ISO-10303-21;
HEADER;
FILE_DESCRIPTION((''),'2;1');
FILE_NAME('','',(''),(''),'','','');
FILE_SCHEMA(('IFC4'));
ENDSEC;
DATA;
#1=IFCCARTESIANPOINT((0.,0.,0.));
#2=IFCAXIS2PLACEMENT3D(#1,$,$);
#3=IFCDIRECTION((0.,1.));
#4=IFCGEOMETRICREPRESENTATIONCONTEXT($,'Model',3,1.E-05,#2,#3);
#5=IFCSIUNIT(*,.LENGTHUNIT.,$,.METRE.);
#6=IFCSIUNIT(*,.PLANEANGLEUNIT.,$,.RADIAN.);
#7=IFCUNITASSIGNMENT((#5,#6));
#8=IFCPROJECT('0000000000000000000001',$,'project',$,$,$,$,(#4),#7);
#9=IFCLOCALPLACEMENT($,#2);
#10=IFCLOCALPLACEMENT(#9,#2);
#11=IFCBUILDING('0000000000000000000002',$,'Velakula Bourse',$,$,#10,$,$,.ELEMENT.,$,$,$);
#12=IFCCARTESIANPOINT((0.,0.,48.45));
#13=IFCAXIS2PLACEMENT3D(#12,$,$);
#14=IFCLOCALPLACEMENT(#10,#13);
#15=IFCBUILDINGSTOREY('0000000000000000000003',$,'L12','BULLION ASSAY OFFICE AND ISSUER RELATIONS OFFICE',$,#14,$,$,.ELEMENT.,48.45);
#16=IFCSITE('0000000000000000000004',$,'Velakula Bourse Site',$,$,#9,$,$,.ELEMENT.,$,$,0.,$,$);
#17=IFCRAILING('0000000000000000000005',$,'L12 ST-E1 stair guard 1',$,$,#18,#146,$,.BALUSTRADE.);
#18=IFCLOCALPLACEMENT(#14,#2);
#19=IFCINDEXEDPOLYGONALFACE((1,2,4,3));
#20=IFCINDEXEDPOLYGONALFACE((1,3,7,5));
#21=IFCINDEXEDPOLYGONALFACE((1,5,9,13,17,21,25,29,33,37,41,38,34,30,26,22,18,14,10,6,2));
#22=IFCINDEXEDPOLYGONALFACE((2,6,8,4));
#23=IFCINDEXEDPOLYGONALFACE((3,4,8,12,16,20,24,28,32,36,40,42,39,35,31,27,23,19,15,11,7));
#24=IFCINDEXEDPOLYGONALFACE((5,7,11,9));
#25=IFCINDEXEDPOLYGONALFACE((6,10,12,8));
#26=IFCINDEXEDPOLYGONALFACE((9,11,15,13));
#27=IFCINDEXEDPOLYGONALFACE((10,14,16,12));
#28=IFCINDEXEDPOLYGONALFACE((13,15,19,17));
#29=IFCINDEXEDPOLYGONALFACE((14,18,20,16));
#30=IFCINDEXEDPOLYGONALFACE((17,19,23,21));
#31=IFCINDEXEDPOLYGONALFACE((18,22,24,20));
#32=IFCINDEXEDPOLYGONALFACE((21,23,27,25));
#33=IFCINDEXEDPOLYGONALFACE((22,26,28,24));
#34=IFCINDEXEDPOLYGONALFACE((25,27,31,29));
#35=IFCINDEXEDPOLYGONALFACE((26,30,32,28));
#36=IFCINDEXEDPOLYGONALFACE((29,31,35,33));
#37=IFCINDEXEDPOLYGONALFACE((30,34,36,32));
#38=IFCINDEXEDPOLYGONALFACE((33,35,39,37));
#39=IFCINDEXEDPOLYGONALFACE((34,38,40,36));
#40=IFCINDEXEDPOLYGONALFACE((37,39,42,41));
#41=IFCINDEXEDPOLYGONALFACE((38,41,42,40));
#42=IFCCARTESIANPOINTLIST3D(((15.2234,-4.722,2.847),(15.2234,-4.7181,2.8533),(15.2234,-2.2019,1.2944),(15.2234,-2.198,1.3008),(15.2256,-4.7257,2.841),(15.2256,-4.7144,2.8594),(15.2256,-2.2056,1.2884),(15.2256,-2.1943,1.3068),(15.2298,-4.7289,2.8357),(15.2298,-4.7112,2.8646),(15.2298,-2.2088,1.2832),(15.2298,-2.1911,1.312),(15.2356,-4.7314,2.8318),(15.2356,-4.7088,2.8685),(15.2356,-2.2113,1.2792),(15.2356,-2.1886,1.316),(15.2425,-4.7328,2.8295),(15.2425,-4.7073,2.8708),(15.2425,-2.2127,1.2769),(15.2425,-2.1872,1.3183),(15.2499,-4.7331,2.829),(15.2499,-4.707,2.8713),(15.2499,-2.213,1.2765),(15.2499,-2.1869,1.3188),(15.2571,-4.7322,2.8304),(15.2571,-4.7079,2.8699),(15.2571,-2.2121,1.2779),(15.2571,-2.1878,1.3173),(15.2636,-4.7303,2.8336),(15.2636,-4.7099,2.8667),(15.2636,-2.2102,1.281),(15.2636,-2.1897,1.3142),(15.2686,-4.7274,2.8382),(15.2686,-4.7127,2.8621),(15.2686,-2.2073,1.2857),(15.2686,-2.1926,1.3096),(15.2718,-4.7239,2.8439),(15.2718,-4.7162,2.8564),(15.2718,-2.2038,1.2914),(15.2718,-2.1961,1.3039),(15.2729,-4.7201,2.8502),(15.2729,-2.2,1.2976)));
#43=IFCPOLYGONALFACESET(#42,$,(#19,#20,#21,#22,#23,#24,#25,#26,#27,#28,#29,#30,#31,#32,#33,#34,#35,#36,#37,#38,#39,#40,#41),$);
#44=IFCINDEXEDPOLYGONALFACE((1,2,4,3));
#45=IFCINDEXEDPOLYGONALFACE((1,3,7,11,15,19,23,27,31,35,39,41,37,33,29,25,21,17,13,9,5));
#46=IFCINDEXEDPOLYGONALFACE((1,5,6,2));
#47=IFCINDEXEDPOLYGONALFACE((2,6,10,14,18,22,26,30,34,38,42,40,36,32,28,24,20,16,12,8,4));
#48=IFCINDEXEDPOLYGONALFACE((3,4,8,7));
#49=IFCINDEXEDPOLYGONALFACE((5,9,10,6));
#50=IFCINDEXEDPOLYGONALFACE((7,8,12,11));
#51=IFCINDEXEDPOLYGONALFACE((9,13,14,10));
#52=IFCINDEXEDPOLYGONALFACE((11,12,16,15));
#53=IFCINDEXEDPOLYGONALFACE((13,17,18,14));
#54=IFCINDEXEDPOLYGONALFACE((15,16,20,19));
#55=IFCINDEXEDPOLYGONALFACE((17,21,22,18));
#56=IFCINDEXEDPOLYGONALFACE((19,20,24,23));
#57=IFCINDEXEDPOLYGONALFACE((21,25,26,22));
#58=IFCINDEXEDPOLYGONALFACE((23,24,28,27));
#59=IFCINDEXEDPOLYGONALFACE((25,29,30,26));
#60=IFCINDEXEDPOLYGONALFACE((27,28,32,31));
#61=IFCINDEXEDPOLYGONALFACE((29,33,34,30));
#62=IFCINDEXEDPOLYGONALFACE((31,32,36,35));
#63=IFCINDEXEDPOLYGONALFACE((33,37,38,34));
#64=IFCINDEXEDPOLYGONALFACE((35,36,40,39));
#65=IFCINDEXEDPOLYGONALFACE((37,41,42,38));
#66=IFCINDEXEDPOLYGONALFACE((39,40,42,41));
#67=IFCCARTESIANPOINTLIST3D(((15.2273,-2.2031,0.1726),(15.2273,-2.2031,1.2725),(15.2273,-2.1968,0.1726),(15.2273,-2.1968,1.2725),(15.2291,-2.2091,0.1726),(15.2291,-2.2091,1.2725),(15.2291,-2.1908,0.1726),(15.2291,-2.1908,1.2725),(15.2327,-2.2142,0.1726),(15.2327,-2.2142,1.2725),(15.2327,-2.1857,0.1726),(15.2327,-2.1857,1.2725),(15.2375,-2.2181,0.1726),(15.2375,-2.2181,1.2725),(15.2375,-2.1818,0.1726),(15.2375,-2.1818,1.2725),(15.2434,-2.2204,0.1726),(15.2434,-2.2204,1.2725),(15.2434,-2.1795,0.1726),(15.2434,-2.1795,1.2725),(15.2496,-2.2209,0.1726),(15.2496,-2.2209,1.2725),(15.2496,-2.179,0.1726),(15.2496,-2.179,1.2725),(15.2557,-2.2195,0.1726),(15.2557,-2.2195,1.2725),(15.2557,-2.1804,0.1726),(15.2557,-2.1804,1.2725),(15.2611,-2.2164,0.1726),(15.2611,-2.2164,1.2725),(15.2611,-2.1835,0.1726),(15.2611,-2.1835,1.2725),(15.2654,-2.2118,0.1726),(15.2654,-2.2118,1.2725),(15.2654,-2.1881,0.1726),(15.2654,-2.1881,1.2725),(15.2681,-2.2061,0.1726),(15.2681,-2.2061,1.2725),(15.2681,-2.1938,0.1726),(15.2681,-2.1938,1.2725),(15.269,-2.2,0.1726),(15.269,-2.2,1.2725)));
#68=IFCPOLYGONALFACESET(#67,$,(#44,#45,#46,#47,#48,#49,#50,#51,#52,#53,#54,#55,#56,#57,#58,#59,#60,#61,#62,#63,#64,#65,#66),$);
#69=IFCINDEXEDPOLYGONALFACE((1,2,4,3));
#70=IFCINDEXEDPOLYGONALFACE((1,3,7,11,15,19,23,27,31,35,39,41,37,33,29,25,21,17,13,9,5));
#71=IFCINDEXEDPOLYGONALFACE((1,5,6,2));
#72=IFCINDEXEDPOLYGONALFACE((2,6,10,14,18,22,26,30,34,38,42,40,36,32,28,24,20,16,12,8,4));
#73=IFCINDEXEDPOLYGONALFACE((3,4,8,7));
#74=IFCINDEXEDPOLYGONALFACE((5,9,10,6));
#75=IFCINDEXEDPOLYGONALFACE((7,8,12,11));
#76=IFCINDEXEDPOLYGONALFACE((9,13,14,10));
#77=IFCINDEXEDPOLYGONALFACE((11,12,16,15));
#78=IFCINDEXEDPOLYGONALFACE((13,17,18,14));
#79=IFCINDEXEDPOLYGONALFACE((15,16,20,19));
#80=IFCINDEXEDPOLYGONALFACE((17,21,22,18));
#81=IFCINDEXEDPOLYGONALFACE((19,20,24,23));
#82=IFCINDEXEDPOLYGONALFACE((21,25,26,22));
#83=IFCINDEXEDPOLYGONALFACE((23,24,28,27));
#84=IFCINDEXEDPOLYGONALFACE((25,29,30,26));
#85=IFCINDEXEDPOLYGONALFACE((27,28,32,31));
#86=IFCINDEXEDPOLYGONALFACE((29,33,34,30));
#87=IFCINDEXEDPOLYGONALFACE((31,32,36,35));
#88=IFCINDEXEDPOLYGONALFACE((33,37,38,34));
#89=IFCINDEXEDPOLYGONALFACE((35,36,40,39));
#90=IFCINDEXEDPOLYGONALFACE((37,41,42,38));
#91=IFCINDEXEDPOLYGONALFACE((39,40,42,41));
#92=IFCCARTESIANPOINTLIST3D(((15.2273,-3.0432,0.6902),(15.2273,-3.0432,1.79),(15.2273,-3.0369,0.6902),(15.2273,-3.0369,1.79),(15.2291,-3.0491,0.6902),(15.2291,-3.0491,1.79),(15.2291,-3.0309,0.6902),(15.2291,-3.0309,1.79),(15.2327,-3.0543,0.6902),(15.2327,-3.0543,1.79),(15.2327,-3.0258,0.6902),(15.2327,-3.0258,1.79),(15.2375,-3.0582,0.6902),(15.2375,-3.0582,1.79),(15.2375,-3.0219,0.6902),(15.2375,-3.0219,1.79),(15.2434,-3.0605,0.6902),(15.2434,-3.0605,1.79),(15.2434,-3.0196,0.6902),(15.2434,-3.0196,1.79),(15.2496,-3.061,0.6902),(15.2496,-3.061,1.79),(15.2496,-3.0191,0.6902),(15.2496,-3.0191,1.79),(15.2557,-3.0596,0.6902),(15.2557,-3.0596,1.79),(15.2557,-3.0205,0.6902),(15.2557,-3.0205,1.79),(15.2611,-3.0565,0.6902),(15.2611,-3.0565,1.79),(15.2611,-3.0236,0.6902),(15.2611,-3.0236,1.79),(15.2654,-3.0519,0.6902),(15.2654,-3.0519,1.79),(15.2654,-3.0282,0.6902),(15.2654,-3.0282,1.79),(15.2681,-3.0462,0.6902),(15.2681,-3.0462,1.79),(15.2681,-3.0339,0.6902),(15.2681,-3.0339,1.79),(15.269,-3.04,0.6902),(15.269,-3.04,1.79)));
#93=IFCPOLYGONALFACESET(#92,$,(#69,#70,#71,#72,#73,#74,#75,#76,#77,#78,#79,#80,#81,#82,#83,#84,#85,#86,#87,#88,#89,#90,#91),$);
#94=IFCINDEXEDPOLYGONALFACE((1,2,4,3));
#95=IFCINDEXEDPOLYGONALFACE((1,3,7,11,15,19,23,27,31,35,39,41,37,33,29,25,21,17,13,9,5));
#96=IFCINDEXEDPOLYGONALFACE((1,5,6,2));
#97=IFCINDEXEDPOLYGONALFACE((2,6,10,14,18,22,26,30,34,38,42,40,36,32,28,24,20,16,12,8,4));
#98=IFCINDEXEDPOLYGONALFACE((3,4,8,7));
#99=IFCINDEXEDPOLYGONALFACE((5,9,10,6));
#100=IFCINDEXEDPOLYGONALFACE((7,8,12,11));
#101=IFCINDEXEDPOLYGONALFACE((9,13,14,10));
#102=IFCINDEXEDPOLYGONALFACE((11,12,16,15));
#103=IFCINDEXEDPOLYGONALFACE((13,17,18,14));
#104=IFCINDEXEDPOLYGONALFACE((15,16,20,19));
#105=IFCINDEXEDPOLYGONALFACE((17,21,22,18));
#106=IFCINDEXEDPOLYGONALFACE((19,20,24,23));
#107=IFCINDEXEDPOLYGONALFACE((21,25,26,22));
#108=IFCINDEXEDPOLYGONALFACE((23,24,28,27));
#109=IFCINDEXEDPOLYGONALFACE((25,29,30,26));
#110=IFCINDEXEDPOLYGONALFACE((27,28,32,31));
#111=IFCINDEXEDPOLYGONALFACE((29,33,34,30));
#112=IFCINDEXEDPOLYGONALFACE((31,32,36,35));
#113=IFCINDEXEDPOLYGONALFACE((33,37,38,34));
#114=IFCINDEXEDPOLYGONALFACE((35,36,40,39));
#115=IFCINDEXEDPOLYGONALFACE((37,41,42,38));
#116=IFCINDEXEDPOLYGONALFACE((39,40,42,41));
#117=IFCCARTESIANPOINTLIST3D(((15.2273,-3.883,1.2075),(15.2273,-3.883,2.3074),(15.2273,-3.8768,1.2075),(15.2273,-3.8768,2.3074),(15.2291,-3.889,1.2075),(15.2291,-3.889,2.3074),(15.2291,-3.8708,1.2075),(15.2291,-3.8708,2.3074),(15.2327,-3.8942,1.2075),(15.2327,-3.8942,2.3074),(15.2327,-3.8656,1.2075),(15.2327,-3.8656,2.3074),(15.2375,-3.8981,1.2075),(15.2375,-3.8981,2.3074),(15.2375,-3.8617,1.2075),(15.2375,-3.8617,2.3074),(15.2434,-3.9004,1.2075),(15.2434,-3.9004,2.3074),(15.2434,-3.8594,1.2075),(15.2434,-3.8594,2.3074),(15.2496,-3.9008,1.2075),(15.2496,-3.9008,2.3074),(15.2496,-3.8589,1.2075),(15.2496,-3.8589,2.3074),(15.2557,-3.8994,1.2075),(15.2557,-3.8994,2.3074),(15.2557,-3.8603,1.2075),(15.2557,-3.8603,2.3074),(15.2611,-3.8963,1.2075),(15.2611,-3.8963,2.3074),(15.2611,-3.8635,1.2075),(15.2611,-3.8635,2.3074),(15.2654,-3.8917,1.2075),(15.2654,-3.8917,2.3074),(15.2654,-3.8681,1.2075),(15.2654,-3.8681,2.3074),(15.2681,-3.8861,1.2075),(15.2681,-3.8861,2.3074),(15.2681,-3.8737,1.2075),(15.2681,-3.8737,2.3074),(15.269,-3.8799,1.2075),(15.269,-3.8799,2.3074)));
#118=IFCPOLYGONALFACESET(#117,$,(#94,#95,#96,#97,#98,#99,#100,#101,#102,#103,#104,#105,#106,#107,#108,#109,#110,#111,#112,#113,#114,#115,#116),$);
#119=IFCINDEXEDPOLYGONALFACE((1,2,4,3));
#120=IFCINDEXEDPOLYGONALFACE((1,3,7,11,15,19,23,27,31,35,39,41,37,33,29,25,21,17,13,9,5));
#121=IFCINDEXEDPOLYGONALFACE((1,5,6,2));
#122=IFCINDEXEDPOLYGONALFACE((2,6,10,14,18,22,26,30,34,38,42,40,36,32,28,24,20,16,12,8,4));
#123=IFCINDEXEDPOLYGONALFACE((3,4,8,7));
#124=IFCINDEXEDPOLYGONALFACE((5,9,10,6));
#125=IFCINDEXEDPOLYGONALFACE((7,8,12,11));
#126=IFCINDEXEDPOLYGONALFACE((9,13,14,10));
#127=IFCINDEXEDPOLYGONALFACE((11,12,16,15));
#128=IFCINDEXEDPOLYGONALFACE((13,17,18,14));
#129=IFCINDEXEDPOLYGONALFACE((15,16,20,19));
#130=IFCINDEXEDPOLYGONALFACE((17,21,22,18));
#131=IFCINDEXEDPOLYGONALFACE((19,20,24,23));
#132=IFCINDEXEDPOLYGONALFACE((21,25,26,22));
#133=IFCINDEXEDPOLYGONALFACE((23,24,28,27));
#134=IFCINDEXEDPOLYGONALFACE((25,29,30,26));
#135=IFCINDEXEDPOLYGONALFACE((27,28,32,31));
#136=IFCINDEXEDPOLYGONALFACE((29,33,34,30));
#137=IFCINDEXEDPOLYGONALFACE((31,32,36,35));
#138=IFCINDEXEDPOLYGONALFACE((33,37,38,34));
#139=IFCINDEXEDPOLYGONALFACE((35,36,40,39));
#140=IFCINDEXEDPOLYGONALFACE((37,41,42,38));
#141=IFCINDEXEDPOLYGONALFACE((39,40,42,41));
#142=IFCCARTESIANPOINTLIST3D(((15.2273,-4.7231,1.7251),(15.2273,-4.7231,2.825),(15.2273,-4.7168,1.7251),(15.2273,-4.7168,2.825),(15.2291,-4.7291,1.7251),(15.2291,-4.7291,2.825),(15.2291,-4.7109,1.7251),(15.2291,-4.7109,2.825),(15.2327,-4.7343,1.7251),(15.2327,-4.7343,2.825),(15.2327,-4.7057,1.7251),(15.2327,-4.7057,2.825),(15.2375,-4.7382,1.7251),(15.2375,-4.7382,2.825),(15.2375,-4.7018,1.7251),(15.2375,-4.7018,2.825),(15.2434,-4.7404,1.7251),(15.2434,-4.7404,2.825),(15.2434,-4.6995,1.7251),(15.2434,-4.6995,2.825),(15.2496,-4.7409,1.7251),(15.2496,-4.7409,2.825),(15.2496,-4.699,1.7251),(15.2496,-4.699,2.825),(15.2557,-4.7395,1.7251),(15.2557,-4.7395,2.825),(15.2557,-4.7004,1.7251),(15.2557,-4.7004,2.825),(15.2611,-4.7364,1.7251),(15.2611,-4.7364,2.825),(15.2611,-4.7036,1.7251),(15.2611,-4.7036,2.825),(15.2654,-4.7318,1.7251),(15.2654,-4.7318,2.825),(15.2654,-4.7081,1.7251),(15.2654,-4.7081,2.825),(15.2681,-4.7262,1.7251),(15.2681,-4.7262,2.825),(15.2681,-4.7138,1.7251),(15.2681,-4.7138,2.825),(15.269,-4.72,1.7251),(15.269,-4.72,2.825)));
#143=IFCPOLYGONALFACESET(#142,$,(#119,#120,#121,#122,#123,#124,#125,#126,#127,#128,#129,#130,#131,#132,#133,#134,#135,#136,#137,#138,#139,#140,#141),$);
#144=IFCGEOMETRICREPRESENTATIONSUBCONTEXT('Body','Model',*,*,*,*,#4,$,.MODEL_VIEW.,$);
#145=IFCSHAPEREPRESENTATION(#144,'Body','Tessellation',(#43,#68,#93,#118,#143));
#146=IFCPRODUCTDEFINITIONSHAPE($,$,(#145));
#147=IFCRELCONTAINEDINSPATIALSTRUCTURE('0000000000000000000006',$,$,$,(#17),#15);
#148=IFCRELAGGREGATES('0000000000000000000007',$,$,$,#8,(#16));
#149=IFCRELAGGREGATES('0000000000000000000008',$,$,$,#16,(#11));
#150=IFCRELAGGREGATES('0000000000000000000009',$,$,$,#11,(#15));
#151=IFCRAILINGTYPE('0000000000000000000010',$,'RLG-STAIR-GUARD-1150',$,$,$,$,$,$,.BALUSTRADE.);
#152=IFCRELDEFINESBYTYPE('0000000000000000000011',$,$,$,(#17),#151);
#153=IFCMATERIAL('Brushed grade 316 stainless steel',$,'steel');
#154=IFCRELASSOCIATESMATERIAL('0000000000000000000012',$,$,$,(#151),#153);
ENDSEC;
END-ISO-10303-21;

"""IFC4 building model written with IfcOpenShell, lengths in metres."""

from ifc_helpers import new_model, si_unit, direction, frame, origin, origin_2d, place, context, subcontext, project, spatial, circle, extrude, material, type_object, element, save


model = new_model("IFC4")

# Units and contexts
model_context = context("Model", 3, precision=1e-05, world=origin(), true_north=direction((0.0, 1.0)))
body_context = subcontext(model_context, "Body", "Model", "MODEL_VIEW")
ifc_project = project(units=[si_unit("LENGTHUNIT", "METRE"), si_unit("PLANEANGLEUNIT", "RADIAN")], contexts=[model_context])

# Site, building, storey
site_placement = place(None, origin())
site = spatial("IfcSite", under=ifc_project, at=site_placement, Name="Velakula Bourse Site", CompositionType="ELEMENT", RefElevation=0.0)
building_placement = place(site_placement, origin())
building = spatial("IfcBuilding", under=site, at=building_placement, Name="Velakula Bourse", CompositionType="ELEMENT")
storey_placement = place(building_placement, frame((0.0, 0.0, 48.45)))
storey = spatial("IfcBuildingStorey", under=building, at=storey_placement, Name="L12", Description="BULLION ASSAY OFFICE AND ISSUER RELATIONS OFFICE", CompositionType="ELEMENT", Elevation=48.45)

# Shared definitions
ifc_material_1 = material(Name="Brushed grade 316 stainless steel", Category="steel")

# Railing
railing_type_1 = type_object("IfcRailingType", Name="RLG-STAIR-GUARD-1150", PredefinedType="BALUSTRADE", material=ifc_material_1)
railing_1_placement = place(storey_placement, frame((15.248, -2.2, 0.1726)))
element("IfcRailing", 1, at=railing_1_placement, inside=storey, type_object=railing_type_1, Name="L12 ST-E1 stair guard 1", PredefinedType="BALUSTRADE", context=body_context, shape_type="SweptSolid", body=[
    extrude(circle(Radius=0.0249, at=origin_2d()), frame((0.0, 0.0, 1.125), z_axis=(0.0, -0.8514, 0.524516), x_axis=(1.0, 0.0, 0.0)), (0.0, 0.0, 1.0), 2.96),
    extrude(circle(Radius=0.021, at=origin_2d()), origin(), (0.0, 0.0, 1.0), 1.0999),
    extrude(circle(Radius=0.021, at=origin_2d()), frame((0.0, -0.8401, 0.5176)), (0.0, 0.0, 1.0), 1.0999),
    extrude(circle(Radius=0.021, at=origin_2d()), frame((0.0, -1.6799, 1.0349)), (0.0, 0.0, 1.0), 1.0999),
    extrude(circle(Radius=0.021, at=origin_2d()), frame((0.0, -2.52, 1.5525)), (0.0, 0.0, 1.0), 1.0999),
])

save(model, "model.ifc")
